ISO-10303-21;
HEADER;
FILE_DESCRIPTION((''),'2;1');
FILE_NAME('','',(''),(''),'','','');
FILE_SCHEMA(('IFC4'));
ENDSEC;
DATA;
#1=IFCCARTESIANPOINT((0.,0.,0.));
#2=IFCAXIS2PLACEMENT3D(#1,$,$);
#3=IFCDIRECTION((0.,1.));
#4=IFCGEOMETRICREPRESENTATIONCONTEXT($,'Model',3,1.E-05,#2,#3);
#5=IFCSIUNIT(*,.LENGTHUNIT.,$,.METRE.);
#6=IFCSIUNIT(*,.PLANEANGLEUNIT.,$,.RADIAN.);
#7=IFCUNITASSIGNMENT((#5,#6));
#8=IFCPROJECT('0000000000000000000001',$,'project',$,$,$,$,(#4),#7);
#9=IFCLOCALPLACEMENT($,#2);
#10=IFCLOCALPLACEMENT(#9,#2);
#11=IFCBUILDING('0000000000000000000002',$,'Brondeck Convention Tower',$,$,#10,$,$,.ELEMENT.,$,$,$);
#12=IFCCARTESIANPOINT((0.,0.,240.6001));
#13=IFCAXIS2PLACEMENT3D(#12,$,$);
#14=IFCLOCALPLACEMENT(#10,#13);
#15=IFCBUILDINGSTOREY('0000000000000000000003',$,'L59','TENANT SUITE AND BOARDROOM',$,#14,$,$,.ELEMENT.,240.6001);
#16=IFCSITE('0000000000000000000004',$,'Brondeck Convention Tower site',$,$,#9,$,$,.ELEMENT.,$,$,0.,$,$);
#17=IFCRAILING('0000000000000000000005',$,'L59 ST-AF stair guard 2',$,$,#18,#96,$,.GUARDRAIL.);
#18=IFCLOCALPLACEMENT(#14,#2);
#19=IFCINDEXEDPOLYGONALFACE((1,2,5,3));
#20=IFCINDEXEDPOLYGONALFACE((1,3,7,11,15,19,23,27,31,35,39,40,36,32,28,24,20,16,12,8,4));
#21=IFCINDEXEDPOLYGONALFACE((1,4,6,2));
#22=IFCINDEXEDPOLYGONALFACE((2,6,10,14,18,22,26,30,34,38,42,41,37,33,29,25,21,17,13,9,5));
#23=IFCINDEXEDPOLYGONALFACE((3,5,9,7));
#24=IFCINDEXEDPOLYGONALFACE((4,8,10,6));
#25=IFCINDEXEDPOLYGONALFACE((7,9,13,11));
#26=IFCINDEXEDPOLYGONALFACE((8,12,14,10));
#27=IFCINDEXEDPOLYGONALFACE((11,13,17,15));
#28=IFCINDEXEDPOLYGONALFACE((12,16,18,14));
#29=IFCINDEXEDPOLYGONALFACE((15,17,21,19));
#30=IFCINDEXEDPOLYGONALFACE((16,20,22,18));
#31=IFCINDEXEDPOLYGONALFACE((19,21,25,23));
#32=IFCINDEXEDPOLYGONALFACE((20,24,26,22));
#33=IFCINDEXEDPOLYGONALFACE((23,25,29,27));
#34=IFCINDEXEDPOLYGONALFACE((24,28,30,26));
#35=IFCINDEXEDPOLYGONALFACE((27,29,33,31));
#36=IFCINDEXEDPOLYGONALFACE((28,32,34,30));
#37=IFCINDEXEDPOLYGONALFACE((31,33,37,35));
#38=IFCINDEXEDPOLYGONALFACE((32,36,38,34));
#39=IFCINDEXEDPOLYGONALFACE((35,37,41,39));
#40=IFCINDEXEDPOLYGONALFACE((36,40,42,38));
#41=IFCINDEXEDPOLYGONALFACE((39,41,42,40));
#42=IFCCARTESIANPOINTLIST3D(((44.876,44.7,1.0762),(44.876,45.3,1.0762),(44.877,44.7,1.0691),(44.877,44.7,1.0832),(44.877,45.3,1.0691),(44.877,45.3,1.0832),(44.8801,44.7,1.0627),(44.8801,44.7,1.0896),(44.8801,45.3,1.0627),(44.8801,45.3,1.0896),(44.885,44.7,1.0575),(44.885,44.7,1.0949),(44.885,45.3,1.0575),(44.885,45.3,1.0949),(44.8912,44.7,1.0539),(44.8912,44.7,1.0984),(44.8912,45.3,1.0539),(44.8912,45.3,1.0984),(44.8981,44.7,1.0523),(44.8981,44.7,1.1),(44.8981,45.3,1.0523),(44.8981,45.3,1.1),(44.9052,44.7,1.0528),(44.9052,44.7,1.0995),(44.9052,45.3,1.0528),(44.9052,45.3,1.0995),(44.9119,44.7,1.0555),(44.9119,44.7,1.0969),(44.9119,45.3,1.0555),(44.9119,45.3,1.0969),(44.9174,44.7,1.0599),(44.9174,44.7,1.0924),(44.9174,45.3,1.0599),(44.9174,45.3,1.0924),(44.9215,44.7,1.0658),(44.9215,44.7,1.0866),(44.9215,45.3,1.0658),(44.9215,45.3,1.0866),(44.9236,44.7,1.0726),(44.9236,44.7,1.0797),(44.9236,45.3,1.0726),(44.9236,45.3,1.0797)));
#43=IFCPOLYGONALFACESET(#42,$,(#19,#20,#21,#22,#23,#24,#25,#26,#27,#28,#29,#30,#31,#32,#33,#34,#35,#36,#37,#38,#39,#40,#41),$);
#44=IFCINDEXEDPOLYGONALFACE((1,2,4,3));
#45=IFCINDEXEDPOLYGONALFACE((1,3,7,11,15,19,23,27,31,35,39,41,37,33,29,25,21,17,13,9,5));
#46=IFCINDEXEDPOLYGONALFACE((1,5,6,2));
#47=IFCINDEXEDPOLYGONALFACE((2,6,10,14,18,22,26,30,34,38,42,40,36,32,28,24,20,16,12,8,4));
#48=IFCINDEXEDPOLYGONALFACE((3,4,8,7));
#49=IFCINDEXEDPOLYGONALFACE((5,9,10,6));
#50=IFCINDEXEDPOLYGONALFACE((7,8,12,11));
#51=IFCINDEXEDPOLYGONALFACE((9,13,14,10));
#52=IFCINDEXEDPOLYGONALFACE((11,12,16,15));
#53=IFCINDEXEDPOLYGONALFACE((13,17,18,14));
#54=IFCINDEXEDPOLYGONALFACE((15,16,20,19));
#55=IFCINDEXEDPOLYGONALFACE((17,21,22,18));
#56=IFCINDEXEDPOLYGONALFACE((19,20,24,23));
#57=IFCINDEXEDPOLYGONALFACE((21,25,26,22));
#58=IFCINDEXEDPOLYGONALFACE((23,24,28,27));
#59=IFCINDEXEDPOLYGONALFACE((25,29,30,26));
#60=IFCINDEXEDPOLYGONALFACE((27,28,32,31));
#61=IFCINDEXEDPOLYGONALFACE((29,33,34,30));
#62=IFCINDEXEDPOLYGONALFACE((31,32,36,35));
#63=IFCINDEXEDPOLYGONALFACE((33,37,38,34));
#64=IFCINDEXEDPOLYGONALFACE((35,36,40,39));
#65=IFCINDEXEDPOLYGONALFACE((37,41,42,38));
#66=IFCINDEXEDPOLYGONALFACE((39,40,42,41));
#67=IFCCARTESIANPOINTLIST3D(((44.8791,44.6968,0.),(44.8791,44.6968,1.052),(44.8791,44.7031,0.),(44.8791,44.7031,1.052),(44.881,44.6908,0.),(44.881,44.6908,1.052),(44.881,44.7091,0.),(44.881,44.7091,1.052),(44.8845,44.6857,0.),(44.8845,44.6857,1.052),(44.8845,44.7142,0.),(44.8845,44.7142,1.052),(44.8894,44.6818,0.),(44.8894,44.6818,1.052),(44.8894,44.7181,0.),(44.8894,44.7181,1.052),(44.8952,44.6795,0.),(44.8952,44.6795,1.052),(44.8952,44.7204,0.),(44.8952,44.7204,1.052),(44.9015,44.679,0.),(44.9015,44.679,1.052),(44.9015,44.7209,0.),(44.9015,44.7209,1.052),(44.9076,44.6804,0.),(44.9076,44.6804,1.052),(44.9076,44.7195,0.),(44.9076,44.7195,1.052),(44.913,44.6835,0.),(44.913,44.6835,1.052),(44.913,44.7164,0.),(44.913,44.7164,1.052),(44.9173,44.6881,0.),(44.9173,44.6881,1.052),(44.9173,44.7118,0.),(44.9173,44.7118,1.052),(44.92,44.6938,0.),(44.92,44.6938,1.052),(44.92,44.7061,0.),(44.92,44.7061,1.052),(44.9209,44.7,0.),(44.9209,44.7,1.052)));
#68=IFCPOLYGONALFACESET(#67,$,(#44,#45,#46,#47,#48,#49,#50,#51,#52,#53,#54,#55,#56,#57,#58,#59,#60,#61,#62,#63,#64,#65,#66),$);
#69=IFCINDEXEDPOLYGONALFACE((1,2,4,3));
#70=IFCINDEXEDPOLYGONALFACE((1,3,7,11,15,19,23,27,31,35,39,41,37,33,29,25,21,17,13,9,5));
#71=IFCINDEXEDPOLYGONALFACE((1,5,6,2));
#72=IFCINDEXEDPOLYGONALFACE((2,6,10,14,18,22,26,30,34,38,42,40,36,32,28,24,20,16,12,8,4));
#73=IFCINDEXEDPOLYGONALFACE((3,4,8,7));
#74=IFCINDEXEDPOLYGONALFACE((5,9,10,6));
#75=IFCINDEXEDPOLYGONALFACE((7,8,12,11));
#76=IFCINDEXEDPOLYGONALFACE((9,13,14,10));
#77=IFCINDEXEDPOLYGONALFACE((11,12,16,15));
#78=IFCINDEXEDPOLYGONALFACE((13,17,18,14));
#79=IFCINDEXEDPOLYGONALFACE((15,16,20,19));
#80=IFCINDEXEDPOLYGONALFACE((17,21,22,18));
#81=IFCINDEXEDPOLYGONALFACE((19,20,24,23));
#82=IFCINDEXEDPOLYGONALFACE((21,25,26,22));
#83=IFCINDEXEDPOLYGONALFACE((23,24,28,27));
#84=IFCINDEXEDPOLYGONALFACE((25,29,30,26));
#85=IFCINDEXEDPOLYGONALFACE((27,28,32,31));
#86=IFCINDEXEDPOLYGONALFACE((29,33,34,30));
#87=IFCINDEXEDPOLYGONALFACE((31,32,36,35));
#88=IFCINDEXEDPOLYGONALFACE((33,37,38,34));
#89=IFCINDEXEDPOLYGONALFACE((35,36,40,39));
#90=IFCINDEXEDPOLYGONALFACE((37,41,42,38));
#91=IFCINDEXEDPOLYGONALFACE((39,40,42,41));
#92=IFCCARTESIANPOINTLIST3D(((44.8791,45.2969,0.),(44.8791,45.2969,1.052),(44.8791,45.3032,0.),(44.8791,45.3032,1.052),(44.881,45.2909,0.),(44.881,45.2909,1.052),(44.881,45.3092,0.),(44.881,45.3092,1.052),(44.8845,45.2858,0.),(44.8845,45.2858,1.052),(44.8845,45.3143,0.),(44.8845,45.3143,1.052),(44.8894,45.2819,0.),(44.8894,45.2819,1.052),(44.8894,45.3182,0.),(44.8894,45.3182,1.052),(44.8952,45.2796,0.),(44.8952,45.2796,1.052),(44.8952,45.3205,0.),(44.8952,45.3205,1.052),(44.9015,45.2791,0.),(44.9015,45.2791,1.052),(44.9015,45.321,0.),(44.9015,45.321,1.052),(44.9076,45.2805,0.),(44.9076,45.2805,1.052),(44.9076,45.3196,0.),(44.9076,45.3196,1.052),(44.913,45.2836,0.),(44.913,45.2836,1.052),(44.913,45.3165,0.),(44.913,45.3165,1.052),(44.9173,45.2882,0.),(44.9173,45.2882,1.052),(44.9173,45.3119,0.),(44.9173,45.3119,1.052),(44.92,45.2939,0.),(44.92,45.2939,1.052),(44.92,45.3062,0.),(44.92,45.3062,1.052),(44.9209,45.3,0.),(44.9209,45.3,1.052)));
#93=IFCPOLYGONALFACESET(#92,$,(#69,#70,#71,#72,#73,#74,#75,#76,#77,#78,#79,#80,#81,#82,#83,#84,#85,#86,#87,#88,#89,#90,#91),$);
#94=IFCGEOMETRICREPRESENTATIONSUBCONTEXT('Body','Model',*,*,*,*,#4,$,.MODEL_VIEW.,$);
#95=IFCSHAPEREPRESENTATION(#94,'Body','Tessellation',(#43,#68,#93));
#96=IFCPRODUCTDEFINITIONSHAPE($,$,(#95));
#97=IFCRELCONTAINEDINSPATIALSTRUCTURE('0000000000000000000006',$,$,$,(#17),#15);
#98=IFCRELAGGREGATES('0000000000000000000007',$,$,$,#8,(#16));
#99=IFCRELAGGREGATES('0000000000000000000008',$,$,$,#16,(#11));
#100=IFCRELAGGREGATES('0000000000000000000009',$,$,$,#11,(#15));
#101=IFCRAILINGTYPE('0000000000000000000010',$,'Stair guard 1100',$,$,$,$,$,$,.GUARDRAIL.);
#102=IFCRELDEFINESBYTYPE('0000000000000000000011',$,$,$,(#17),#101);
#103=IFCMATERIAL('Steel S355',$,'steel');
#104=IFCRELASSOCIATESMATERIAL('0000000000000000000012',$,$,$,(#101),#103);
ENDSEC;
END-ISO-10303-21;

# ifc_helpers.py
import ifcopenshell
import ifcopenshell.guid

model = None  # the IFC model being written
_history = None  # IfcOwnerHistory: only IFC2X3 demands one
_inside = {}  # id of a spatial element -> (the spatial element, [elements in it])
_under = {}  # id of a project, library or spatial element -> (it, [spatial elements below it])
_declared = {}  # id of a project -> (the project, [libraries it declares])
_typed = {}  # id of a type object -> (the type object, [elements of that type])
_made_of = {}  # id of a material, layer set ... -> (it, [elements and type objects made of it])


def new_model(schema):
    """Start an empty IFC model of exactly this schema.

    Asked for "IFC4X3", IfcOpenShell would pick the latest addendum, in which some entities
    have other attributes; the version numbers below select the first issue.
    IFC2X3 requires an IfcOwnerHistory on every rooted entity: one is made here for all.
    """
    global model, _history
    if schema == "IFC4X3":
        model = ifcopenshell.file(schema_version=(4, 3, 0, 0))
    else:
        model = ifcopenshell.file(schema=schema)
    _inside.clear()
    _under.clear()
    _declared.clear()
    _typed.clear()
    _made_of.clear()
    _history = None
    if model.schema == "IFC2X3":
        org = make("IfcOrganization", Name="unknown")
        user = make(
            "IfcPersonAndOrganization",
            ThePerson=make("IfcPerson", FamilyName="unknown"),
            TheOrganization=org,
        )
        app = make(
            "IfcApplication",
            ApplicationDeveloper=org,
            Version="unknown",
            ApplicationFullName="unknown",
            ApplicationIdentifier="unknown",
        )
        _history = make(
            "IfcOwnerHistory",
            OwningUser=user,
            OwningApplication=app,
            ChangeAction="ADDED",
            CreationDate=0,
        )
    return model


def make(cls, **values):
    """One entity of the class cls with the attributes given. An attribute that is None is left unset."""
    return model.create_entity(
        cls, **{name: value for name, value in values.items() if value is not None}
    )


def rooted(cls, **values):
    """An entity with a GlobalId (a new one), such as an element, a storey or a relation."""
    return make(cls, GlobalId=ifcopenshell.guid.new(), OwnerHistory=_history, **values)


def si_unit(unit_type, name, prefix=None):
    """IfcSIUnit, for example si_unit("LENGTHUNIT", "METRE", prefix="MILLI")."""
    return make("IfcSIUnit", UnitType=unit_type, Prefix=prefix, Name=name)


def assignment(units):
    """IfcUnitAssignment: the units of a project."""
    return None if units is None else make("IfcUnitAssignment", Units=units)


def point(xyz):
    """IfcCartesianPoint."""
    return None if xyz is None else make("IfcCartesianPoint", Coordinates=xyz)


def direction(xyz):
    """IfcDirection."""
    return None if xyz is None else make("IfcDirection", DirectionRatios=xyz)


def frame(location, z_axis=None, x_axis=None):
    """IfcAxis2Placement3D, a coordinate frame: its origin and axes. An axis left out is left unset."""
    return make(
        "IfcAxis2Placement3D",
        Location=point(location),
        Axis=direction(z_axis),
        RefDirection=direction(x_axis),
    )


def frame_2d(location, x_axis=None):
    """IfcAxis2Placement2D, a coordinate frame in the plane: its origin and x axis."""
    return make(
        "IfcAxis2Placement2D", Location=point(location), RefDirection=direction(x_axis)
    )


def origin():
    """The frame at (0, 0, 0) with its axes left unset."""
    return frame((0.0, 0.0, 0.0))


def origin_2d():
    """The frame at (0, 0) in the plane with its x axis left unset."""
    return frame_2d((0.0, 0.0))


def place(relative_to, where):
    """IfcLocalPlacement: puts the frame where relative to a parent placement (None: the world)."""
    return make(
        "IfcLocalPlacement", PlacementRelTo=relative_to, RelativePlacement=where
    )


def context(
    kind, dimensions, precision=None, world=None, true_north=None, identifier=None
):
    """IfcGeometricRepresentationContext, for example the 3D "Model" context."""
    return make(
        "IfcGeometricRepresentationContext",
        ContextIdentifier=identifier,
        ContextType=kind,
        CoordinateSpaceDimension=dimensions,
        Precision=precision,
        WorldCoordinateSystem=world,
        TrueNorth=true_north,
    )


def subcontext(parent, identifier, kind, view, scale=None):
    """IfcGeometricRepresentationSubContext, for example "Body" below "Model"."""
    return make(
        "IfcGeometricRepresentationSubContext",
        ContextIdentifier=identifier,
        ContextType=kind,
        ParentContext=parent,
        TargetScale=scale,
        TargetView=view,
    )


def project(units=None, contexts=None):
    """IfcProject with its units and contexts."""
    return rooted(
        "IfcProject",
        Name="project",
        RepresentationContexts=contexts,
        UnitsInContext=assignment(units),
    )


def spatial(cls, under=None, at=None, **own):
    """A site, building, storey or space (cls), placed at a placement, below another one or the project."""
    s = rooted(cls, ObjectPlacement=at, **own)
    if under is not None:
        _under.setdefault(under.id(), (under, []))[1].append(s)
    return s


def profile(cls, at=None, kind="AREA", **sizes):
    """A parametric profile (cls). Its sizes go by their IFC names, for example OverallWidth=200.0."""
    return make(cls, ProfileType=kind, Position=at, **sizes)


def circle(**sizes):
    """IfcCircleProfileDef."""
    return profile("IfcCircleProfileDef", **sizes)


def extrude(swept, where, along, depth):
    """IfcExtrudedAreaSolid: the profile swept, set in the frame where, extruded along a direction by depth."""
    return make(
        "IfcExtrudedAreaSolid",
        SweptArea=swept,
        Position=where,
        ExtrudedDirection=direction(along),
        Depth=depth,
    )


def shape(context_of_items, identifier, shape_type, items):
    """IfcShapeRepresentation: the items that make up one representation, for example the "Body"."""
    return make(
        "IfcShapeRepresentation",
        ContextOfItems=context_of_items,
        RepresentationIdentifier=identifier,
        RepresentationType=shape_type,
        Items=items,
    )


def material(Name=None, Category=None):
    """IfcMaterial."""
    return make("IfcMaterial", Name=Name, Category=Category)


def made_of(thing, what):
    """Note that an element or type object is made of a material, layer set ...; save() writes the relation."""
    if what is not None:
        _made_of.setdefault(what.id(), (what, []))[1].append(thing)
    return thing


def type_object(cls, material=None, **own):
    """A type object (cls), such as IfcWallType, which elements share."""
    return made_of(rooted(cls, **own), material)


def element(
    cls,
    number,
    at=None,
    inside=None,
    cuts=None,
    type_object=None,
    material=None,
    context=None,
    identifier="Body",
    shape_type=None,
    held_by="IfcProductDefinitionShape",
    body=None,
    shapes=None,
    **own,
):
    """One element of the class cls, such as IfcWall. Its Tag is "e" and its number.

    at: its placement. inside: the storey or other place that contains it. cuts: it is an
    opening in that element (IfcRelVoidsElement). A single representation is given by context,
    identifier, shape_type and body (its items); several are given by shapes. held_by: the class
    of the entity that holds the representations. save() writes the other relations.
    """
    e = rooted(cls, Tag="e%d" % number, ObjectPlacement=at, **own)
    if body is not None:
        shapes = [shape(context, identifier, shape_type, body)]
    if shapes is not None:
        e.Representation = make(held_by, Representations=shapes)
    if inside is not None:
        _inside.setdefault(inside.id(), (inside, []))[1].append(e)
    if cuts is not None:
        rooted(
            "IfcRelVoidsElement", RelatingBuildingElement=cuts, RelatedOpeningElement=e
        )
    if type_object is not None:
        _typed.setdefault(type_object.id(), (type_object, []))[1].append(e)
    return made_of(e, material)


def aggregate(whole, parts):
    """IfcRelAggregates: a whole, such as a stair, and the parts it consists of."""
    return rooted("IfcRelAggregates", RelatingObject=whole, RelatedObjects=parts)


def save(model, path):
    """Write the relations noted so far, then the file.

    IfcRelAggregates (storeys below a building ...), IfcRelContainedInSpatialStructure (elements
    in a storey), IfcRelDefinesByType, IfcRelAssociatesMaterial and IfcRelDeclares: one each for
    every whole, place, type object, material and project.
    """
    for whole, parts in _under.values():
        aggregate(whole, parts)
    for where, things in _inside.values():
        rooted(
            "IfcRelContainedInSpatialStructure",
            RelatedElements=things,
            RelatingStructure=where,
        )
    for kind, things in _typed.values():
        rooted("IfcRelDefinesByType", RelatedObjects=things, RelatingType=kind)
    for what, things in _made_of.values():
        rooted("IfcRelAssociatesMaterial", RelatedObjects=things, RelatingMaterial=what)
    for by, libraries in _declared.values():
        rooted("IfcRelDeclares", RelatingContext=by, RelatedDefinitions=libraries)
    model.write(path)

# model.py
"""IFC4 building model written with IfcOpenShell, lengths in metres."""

from ifc_helpers import new_model, si_unit, direction, frame, origin, origin_2d, place, context, subcontext, project, spatial, circle, extrude, material, type_object, element, save


model = new_model("IFC4")

# Units and contexts
model_context = context("Model", 3, precision=1e-05, world=origin(), true_north=direction((0.0, 1.0)))
body_context = subcontext(model_context, "Body", "Model", "MODEL_VIEW")
ifc_project = project(units=[si_unit("LENGTHUNIT", "METRE"), si_unit("PLANEANGLEUNIT", "RADIAN")], contexts=[model_context])

# Site, building, storey
site_placement = place(None, origin())
site = spatial("IfcSite", under=ifc_project, at=site_placement, Name="Brondeck Convention Tower site", CompositionType="ELEMENT", RefElevation=0.0)
building_placement = place(site_placement, origin())
building = spatial("IfcBuilding", under=site, at=building_placement, Name="Brondeck Convention Tower", CompositionType="ELEMENT")
storey_placement = place(building_placement, frame((0.0, 0.0, 240.6001)))
storey = spatial("IfcBuildingStorey", under=building, at=storey_placement, Name="L59", Description="TENANT SUITE AND BOARDROOM", CompositionType="ELEMENT", Elevation=240.6001)

# Shared definitions
ifc_material_1 = material(Name="Steel S355", Category="steel")

# Railing
railing_type_1 = type_object("IfcRailingType", Name="Stair guard 1100", PredefinedType="GUARDRAIL", material=ifc_material_1)
railing_1_placement = place(storey_placement, frame((44.8999, 44.7, 0.0)))
element("IfcRailing", 1, at=railing_1_placement, inside=storey, type_object=railing_type_1, Name="L59 ST-AF stair guard 2", PredefinedType="GUARDRAIL", context=body_context, shape_type="SweptSolid", body=[
    extrude(circle(Radius=0.0239, at=origin_2d()), frame((0.0, 0.0, 1.0762), z_axis=(0.0, 1.0, 0.0), x_axis=(-1.0, 0.0, 0.0)), (0.0, 0.0, 1.0), 0.6001),
    extrude(circle(Radius=0.021, at=origin_2d()), origin(), (0.0, 0.0, 1.0), 1.052),
    extrude(circle(Radius=0.021, at=origin_2d()), frame((0.0, 0.6001, 0.0)), (0.0, 0.0, 1.0), 1.052),
])

save(model, "model.ifc")
